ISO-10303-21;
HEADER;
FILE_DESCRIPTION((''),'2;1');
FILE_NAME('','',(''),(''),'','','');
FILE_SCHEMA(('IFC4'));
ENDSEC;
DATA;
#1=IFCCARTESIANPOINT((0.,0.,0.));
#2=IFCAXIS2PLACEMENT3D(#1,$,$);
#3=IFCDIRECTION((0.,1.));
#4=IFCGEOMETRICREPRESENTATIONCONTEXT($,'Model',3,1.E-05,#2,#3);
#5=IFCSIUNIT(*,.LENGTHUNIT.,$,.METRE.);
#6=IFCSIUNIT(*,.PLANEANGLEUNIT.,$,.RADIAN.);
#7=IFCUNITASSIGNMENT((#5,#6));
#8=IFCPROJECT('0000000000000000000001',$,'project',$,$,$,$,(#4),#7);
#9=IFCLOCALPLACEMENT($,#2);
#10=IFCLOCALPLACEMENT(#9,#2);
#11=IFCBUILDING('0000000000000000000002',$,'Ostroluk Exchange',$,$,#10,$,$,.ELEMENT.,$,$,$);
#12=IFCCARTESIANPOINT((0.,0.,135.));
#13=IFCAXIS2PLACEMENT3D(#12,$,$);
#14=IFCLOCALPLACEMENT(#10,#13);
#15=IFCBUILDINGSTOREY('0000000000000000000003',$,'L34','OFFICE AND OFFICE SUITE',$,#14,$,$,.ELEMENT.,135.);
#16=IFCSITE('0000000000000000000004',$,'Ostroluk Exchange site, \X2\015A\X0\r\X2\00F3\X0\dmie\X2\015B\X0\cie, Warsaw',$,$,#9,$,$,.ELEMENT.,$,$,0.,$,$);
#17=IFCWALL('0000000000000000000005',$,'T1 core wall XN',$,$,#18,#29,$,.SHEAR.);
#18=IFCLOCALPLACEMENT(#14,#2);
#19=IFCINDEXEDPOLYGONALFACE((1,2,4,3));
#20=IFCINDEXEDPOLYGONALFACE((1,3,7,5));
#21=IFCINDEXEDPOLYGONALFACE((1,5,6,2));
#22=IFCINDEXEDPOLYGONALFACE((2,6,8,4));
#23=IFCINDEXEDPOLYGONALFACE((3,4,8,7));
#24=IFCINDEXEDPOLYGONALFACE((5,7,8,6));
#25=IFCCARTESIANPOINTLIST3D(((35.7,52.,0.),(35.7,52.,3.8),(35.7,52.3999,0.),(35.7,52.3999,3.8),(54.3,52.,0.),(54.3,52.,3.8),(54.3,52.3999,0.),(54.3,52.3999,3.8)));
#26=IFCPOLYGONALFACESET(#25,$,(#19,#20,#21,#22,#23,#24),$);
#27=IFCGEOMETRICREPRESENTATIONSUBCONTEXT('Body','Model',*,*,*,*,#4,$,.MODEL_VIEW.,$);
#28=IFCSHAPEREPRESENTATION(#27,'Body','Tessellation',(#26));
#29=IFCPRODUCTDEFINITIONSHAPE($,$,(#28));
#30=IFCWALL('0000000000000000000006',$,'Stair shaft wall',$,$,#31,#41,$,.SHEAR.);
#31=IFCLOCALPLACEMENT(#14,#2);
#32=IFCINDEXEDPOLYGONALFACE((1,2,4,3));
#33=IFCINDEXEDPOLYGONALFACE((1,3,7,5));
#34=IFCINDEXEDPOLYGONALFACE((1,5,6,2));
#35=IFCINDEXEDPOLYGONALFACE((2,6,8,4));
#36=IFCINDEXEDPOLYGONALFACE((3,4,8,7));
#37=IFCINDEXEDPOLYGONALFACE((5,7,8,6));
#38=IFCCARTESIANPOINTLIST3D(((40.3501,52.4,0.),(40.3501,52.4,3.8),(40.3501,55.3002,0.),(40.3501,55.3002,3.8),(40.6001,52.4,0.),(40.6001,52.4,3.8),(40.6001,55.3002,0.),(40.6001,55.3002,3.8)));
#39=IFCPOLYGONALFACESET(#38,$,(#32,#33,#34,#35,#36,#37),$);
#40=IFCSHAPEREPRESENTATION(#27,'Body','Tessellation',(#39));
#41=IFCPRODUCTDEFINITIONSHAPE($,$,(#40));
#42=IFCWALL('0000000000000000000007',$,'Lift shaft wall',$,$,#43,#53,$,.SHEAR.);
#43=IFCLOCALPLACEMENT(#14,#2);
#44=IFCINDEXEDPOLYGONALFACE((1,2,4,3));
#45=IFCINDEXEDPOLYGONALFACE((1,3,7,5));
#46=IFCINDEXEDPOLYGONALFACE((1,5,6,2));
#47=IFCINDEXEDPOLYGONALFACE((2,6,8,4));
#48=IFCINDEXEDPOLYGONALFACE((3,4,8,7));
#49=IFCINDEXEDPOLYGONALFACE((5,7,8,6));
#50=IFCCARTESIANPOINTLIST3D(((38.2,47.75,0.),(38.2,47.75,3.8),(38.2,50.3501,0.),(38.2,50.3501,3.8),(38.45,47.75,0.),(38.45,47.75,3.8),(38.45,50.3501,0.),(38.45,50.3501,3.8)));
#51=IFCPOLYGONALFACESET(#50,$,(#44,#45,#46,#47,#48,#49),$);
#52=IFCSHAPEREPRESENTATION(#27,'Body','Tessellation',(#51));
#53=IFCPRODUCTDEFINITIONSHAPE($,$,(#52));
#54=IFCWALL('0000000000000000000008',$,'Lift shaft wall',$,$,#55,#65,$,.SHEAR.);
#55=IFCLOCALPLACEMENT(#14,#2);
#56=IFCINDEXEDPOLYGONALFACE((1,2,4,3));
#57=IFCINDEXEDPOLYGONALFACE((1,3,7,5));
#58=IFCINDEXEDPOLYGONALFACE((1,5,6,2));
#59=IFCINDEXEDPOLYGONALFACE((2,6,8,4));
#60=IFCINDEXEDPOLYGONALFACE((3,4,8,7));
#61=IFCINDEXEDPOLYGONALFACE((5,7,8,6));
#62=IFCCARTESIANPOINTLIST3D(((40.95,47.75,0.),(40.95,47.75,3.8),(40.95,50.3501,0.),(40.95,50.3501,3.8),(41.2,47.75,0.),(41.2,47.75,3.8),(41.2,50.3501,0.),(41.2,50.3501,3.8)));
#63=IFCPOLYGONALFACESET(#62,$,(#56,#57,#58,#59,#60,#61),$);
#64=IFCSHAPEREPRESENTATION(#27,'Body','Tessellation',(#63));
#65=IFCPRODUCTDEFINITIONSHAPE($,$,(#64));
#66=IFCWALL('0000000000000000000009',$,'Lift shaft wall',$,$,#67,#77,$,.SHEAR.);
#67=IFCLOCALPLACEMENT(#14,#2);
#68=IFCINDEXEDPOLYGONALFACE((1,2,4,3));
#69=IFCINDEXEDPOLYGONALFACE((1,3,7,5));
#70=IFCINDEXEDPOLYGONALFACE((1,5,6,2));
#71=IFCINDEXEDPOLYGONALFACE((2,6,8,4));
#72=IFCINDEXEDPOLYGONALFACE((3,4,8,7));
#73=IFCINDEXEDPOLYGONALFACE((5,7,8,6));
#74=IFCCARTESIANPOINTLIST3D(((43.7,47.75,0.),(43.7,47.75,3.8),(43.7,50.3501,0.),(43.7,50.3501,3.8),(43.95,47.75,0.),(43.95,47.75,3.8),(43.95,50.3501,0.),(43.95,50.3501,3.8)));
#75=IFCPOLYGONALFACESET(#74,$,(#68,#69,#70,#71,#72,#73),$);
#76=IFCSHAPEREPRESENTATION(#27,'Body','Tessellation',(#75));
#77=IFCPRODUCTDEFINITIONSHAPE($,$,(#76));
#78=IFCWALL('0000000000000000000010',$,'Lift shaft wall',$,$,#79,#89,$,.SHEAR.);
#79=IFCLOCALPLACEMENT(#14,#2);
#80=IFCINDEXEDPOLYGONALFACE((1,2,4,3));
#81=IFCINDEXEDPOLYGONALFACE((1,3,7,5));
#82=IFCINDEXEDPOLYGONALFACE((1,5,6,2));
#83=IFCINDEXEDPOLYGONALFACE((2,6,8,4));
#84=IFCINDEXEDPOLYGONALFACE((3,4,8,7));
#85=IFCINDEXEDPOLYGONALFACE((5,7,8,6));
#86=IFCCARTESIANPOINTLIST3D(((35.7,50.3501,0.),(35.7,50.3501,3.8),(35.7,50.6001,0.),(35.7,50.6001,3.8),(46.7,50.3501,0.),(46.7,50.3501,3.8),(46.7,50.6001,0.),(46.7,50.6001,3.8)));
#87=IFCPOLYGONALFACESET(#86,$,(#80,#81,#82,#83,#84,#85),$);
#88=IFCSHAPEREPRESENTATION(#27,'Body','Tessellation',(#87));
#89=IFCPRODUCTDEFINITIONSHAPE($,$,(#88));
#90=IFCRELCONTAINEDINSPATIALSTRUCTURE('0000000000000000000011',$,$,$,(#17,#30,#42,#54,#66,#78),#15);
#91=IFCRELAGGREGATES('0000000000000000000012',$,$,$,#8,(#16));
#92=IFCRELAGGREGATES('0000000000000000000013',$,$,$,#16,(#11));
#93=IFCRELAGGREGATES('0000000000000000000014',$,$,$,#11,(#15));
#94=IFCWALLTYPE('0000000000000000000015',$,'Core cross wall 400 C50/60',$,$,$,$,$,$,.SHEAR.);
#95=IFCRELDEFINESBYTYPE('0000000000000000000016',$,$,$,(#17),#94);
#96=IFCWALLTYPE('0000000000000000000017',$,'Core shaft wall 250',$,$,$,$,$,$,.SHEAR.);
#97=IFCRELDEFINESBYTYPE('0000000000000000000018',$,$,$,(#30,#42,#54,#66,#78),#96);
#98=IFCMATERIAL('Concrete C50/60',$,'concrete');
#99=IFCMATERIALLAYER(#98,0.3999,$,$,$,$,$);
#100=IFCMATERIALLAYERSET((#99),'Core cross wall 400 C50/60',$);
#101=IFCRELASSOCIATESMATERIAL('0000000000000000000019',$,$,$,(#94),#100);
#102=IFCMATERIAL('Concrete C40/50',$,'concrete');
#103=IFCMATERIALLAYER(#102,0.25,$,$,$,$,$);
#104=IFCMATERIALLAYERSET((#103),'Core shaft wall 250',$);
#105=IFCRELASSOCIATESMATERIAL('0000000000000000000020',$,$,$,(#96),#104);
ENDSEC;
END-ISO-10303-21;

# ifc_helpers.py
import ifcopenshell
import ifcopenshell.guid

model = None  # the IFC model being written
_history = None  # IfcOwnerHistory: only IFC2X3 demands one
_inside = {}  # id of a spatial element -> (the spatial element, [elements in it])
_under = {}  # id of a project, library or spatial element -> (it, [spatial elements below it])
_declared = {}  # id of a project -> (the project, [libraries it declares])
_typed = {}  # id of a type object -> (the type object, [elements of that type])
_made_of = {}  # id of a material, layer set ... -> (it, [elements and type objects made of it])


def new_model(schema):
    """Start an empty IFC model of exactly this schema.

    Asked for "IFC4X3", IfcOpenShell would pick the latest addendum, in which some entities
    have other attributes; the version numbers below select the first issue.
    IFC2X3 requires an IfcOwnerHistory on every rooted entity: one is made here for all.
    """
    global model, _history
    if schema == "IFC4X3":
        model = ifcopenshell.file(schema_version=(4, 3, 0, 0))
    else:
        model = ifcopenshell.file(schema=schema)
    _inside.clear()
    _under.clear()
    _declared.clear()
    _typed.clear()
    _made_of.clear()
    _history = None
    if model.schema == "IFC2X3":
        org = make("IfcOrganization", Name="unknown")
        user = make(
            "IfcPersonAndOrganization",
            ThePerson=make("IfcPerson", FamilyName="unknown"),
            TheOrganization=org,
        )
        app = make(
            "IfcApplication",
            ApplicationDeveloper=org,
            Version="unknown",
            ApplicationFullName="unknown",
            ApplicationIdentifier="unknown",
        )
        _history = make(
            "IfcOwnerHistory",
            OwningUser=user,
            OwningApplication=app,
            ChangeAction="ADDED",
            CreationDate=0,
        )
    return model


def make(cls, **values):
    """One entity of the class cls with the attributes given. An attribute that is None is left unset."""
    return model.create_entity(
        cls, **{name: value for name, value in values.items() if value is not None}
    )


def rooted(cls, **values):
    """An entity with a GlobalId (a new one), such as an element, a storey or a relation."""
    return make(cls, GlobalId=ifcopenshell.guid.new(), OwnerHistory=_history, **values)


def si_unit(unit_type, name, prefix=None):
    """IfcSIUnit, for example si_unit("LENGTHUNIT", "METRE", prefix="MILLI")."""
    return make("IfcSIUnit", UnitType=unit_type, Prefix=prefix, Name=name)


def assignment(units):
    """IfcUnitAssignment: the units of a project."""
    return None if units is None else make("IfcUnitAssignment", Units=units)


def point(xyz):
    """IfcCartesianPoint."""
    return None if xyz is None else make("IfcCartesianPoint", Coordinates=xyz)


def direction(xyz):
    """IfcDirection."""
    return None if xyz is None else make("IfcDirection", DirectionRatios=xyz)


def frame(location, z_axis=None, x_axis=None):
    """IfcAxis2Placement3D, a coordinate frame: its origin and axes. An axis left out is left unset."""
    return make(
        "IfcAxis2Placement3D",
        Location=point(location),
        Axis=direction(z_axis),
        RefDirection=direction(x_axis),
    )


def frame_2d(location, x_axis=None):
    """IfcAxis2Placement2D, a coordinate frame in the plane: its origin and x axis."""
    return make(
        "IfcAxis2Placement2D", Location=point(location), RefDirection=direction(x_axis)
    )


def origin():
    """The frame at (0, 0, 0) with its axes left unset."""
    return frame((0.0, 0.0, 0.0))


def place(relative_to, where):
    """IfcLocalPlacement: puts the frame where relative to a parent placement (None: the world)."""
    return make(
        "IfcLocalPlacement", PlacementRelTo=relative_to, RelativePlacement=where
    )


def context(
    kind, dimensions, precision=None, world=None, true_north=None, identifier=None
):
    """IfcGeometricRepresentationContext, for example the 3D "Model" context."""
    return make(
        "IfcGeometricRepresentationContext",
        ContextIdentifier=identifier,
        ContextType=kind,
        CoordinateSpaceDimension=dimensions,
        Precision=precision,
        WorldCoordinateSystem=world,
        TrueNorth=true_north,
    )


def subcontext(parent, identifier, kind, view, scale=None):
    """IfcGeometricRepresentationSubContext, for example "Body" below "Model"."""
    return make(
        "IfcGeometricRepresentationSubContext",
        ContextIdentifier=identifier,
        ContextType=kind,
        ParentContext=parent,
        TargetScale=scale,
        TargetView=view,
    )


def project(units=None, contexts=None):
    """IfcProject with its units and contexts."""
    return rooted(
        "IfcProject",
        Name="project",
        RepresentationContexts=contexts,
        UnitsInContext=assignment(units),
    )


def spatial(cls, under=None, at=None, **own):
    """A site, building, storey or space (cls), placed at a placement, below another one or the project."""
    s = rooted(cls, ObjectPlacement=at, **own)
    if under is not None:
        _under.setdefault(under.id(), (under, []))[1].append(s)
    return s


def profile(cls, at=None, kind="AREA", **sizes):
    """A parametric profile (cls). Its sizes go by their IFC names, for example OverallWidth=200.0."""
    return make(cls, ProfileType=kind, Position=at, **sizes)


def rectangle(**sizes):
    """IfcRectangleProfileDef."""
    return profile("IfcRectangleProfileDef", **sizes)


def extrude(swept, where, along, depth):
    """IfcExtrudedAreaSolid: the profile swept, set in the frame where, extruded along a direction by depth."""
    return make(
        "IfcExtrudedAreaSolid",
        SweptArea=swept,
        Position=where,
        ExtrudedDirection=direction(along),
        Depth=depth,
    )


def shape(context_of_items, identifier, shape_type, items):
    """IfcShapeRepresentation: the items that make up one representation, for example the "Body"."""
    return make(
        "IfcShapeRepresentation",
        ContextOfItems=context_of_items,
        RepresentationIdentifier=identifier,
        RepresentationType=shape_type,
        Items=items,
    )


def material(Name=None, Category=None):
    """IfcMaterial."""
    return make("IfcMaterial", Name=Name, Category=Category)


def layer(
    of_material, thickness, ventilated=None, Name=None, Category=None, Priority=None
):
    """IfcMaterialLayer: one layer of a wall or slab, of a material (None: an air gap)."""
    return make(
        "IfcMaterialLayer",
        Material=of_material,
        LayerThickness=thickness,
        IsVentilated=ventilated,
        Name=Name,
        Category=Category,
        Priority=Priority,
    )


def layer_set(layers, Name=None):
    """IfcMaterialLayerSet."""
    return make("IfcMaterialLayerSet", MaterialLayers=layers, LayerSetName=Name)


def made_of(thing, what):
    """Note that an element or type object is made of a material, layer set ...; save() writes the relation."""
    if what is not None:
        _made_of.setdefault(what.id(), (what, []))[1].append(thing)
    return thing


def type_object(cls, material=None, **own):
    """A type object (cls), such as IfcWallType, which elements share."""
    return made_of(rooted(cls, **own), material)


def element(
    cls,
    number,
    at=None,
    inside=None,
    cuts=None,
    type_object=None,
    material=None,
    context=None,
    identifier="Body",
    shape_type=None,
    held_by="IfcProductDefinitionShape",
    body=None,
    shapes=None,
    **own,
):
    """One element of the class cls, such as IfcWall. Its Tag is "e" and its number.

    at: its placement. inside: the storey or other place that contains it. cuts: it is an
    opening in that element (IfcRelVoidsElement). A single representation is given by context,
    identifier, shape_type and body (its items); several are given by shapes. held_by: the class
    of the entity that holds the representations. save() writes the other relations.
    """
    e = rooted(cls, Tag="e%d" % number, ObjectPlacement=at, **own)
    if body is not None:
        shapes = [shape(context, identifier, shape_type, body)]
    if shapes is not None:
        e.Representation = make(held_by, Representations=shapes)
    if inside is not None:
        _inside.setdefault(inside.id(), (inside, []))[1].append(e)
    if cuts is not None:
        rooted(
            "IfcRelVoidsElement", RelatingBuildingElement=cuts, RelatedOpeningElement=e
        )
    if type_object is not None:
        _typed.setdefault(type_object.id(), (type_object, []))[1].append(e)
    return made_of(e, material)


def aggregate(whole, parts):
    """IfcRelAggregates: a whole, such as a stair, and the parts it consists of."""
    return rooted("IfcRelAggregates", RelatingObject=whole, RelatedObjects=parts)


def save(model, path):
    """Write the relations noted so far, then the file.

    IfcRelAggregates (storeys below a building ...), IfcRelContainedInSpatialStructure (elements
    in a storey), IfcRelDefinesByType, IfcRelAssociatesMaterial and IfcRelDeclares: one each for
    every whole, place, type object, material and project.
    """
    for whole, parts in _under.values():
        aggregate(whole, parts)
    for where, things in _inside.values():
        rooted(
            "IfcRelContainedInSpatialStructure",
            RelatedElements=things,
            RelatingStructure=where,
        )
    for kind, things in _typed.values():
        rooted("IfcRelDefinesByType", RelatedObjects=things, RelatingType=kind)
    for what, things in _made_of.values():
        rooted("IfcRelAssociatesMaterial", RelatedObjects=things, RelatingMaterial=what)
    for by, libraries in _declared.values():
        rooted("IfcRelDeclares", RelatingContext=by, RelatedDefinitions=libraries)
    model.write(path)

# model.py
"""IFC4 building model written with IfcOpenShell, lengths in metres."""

from ifc_helpers import new_model, si_unit, direction, frame, frame_2d, origin, place, context, subcontext, project, spatial, rectangle, extrude, material, layer, layer_set, type_object, element, save


model = new_model("IFC4")

# Units and contexts
model_context = context("Model", 3, precision=1e-05, world=origin(), true_north=direction((0.0, 1.0)))
body_context = subcontext(model_context, "Body", "Model", "MODEL_VIEW")
ifc_project = project(units=[si_unit("LENGTHUNIT", "METRE"), si_unit("PLANEANGLEUNIT", "RADIAN")], contexts=[model_context])

# Site, building, storey
site_placement = place(None, origin())
site = spatial("IfcSite", under=ifc_project, at=site_placement, Name="Ostroluk Exchange site, Śródmieście, Warsaw", CompositionType="ELEMENT", RefElevation=0.0)
building_placement = place(site_placement, origin())
building = spatial("IfcBuilding", under=site, at=building_placement, Name="Ostroluk Exchange", CompositionType="ELEMENT")
storey_placement = place(building_placement, frame((0.0, 0.0, 135.0)))
storey = spatial("IfcBuildingStorey", under=building, at=storey_placement, Name="L34", Description="OFFICE AND OFFICE SUITE", CompositionType="ELEMENT", Elevation=135.0)

# Walls
ifc_material_1 = material(Name="Concrete C50/60", Category="concrete")
ifc_layer_1 = layer(ifc_material_1, 0.3999)
ifc_layer_set_1 = layer_set([ifc_layer_1], Name="Core cross wall 400 C50/60")
wall_type_1 = type_object("IfcWallType", Name="Core cross wall 400 C50/60", PredefinedType="SHEAR", material=ifc_layer_set_1)
wall_1_placement = place(storey_placement, frame((35.7, 52.2, 0.0), z_axis=(0.0, 0.0, 1.0), x_axis=(1.0, 0.0, 0.0)))
element("IfcWall", 1, at=wall_1_placement, inside=storey, type_object=wall_type_1, Name="T1 core wall XN", PredefinedType="SHEAR", context=body_context, shape_type="SweptSolid", body=[
    extrude(rectangle(XDim=18.6001, YDim=0.3999, at=frame_2d((9.3, 0.0))), origin(), (0.0, 0.0, 1.0), 3.8),
])
ifc_material_2 = material(Name="Concrete C40/50", Category="concrete")
ifc_layer_2 = layer(ifc_material_2, 0.25)
ifc_layer_set_2 = layer_set([ifc_layer_2], Name="Core shaft wall 250")
wall_type_2 = type_object("IfcWallType", Name="Core shaft wall 250", PredefinedType="SHEAR", material=ifc_layer_set_2)
wall_2_placement = place(storey_placement, frame((40.4751, 52.3999, 0.0), z_axis=(0.0, 0.0, 1.0), x_axis=(0.0, 1.0, 0.0)))
element("IfcWall", 2, at=wall_2_placement, inside=storey, type_object=wall_type_2, Name="Stair shaft wall", PredefinedType="SHEAR", context=body_context, shape_type="SweptSolid", body=[
    extrude(rectangle(XDim=2.9001, YDim=0.25, at=frame_2d((1.4502, 0.0))), origin(), (0.0, 0.0, 1.0), 3.8),
])
for number, where, z_axis, x_axis, name in (
    (3, (38.325, 47.75, 0.0), (0.0, 0.0, 1.0), (0.0, 1.0, 0.0), "Lift shaft wall"),
    (4, (41.075, 47.75, 0.0), (0.0, 0.0, 1.0), (0.0, 1.0, 0.0), "Lift shaft wall"),
    (5, (43.825, 47.75, 0.0), (0.0, 0.0, 1.0), (0.0, 1.0, 0.0), "Lift shaft wall"),
):
    element("IfcWall", number, at=place(storey_placement, frame(where, z_axis=z_axis, x_axis=x_axis)), inside=storey, type_object=wall_type_2, Name=name, PredefinedType="SHEAR", context=body_context, shape_type="SweptSolid", body=[
        extrude(rectangle(XDim=2.6001, YDim=0.25, at=frame_2d((1.3, 0.0))), origin(), (0.0, 0.0, 1.0), 3.8),
    ])
wall_3_placement = place(storey_placement, frame((35.7, 50.4751, 0.0), z_axis=(0.0, 0.0, 1.0), x_axis=(1.0, 0.0, 0.0)))
element("IfcWall", 6, at=wall_3_placement, inside=storey, type_object=wall_type_2, Name="Lift shaft wall", PredefinedType="SHEAR", context=body_context, shape_type="SweptSolid", body=[
    extrude(rectangle(XDim=11.0, YDim=0.25, at=frame_2d((5.5, 0.0))), origin(), (0.0, 0.0, 1.0), 3.8),
])

save(model, "model.ifc")
